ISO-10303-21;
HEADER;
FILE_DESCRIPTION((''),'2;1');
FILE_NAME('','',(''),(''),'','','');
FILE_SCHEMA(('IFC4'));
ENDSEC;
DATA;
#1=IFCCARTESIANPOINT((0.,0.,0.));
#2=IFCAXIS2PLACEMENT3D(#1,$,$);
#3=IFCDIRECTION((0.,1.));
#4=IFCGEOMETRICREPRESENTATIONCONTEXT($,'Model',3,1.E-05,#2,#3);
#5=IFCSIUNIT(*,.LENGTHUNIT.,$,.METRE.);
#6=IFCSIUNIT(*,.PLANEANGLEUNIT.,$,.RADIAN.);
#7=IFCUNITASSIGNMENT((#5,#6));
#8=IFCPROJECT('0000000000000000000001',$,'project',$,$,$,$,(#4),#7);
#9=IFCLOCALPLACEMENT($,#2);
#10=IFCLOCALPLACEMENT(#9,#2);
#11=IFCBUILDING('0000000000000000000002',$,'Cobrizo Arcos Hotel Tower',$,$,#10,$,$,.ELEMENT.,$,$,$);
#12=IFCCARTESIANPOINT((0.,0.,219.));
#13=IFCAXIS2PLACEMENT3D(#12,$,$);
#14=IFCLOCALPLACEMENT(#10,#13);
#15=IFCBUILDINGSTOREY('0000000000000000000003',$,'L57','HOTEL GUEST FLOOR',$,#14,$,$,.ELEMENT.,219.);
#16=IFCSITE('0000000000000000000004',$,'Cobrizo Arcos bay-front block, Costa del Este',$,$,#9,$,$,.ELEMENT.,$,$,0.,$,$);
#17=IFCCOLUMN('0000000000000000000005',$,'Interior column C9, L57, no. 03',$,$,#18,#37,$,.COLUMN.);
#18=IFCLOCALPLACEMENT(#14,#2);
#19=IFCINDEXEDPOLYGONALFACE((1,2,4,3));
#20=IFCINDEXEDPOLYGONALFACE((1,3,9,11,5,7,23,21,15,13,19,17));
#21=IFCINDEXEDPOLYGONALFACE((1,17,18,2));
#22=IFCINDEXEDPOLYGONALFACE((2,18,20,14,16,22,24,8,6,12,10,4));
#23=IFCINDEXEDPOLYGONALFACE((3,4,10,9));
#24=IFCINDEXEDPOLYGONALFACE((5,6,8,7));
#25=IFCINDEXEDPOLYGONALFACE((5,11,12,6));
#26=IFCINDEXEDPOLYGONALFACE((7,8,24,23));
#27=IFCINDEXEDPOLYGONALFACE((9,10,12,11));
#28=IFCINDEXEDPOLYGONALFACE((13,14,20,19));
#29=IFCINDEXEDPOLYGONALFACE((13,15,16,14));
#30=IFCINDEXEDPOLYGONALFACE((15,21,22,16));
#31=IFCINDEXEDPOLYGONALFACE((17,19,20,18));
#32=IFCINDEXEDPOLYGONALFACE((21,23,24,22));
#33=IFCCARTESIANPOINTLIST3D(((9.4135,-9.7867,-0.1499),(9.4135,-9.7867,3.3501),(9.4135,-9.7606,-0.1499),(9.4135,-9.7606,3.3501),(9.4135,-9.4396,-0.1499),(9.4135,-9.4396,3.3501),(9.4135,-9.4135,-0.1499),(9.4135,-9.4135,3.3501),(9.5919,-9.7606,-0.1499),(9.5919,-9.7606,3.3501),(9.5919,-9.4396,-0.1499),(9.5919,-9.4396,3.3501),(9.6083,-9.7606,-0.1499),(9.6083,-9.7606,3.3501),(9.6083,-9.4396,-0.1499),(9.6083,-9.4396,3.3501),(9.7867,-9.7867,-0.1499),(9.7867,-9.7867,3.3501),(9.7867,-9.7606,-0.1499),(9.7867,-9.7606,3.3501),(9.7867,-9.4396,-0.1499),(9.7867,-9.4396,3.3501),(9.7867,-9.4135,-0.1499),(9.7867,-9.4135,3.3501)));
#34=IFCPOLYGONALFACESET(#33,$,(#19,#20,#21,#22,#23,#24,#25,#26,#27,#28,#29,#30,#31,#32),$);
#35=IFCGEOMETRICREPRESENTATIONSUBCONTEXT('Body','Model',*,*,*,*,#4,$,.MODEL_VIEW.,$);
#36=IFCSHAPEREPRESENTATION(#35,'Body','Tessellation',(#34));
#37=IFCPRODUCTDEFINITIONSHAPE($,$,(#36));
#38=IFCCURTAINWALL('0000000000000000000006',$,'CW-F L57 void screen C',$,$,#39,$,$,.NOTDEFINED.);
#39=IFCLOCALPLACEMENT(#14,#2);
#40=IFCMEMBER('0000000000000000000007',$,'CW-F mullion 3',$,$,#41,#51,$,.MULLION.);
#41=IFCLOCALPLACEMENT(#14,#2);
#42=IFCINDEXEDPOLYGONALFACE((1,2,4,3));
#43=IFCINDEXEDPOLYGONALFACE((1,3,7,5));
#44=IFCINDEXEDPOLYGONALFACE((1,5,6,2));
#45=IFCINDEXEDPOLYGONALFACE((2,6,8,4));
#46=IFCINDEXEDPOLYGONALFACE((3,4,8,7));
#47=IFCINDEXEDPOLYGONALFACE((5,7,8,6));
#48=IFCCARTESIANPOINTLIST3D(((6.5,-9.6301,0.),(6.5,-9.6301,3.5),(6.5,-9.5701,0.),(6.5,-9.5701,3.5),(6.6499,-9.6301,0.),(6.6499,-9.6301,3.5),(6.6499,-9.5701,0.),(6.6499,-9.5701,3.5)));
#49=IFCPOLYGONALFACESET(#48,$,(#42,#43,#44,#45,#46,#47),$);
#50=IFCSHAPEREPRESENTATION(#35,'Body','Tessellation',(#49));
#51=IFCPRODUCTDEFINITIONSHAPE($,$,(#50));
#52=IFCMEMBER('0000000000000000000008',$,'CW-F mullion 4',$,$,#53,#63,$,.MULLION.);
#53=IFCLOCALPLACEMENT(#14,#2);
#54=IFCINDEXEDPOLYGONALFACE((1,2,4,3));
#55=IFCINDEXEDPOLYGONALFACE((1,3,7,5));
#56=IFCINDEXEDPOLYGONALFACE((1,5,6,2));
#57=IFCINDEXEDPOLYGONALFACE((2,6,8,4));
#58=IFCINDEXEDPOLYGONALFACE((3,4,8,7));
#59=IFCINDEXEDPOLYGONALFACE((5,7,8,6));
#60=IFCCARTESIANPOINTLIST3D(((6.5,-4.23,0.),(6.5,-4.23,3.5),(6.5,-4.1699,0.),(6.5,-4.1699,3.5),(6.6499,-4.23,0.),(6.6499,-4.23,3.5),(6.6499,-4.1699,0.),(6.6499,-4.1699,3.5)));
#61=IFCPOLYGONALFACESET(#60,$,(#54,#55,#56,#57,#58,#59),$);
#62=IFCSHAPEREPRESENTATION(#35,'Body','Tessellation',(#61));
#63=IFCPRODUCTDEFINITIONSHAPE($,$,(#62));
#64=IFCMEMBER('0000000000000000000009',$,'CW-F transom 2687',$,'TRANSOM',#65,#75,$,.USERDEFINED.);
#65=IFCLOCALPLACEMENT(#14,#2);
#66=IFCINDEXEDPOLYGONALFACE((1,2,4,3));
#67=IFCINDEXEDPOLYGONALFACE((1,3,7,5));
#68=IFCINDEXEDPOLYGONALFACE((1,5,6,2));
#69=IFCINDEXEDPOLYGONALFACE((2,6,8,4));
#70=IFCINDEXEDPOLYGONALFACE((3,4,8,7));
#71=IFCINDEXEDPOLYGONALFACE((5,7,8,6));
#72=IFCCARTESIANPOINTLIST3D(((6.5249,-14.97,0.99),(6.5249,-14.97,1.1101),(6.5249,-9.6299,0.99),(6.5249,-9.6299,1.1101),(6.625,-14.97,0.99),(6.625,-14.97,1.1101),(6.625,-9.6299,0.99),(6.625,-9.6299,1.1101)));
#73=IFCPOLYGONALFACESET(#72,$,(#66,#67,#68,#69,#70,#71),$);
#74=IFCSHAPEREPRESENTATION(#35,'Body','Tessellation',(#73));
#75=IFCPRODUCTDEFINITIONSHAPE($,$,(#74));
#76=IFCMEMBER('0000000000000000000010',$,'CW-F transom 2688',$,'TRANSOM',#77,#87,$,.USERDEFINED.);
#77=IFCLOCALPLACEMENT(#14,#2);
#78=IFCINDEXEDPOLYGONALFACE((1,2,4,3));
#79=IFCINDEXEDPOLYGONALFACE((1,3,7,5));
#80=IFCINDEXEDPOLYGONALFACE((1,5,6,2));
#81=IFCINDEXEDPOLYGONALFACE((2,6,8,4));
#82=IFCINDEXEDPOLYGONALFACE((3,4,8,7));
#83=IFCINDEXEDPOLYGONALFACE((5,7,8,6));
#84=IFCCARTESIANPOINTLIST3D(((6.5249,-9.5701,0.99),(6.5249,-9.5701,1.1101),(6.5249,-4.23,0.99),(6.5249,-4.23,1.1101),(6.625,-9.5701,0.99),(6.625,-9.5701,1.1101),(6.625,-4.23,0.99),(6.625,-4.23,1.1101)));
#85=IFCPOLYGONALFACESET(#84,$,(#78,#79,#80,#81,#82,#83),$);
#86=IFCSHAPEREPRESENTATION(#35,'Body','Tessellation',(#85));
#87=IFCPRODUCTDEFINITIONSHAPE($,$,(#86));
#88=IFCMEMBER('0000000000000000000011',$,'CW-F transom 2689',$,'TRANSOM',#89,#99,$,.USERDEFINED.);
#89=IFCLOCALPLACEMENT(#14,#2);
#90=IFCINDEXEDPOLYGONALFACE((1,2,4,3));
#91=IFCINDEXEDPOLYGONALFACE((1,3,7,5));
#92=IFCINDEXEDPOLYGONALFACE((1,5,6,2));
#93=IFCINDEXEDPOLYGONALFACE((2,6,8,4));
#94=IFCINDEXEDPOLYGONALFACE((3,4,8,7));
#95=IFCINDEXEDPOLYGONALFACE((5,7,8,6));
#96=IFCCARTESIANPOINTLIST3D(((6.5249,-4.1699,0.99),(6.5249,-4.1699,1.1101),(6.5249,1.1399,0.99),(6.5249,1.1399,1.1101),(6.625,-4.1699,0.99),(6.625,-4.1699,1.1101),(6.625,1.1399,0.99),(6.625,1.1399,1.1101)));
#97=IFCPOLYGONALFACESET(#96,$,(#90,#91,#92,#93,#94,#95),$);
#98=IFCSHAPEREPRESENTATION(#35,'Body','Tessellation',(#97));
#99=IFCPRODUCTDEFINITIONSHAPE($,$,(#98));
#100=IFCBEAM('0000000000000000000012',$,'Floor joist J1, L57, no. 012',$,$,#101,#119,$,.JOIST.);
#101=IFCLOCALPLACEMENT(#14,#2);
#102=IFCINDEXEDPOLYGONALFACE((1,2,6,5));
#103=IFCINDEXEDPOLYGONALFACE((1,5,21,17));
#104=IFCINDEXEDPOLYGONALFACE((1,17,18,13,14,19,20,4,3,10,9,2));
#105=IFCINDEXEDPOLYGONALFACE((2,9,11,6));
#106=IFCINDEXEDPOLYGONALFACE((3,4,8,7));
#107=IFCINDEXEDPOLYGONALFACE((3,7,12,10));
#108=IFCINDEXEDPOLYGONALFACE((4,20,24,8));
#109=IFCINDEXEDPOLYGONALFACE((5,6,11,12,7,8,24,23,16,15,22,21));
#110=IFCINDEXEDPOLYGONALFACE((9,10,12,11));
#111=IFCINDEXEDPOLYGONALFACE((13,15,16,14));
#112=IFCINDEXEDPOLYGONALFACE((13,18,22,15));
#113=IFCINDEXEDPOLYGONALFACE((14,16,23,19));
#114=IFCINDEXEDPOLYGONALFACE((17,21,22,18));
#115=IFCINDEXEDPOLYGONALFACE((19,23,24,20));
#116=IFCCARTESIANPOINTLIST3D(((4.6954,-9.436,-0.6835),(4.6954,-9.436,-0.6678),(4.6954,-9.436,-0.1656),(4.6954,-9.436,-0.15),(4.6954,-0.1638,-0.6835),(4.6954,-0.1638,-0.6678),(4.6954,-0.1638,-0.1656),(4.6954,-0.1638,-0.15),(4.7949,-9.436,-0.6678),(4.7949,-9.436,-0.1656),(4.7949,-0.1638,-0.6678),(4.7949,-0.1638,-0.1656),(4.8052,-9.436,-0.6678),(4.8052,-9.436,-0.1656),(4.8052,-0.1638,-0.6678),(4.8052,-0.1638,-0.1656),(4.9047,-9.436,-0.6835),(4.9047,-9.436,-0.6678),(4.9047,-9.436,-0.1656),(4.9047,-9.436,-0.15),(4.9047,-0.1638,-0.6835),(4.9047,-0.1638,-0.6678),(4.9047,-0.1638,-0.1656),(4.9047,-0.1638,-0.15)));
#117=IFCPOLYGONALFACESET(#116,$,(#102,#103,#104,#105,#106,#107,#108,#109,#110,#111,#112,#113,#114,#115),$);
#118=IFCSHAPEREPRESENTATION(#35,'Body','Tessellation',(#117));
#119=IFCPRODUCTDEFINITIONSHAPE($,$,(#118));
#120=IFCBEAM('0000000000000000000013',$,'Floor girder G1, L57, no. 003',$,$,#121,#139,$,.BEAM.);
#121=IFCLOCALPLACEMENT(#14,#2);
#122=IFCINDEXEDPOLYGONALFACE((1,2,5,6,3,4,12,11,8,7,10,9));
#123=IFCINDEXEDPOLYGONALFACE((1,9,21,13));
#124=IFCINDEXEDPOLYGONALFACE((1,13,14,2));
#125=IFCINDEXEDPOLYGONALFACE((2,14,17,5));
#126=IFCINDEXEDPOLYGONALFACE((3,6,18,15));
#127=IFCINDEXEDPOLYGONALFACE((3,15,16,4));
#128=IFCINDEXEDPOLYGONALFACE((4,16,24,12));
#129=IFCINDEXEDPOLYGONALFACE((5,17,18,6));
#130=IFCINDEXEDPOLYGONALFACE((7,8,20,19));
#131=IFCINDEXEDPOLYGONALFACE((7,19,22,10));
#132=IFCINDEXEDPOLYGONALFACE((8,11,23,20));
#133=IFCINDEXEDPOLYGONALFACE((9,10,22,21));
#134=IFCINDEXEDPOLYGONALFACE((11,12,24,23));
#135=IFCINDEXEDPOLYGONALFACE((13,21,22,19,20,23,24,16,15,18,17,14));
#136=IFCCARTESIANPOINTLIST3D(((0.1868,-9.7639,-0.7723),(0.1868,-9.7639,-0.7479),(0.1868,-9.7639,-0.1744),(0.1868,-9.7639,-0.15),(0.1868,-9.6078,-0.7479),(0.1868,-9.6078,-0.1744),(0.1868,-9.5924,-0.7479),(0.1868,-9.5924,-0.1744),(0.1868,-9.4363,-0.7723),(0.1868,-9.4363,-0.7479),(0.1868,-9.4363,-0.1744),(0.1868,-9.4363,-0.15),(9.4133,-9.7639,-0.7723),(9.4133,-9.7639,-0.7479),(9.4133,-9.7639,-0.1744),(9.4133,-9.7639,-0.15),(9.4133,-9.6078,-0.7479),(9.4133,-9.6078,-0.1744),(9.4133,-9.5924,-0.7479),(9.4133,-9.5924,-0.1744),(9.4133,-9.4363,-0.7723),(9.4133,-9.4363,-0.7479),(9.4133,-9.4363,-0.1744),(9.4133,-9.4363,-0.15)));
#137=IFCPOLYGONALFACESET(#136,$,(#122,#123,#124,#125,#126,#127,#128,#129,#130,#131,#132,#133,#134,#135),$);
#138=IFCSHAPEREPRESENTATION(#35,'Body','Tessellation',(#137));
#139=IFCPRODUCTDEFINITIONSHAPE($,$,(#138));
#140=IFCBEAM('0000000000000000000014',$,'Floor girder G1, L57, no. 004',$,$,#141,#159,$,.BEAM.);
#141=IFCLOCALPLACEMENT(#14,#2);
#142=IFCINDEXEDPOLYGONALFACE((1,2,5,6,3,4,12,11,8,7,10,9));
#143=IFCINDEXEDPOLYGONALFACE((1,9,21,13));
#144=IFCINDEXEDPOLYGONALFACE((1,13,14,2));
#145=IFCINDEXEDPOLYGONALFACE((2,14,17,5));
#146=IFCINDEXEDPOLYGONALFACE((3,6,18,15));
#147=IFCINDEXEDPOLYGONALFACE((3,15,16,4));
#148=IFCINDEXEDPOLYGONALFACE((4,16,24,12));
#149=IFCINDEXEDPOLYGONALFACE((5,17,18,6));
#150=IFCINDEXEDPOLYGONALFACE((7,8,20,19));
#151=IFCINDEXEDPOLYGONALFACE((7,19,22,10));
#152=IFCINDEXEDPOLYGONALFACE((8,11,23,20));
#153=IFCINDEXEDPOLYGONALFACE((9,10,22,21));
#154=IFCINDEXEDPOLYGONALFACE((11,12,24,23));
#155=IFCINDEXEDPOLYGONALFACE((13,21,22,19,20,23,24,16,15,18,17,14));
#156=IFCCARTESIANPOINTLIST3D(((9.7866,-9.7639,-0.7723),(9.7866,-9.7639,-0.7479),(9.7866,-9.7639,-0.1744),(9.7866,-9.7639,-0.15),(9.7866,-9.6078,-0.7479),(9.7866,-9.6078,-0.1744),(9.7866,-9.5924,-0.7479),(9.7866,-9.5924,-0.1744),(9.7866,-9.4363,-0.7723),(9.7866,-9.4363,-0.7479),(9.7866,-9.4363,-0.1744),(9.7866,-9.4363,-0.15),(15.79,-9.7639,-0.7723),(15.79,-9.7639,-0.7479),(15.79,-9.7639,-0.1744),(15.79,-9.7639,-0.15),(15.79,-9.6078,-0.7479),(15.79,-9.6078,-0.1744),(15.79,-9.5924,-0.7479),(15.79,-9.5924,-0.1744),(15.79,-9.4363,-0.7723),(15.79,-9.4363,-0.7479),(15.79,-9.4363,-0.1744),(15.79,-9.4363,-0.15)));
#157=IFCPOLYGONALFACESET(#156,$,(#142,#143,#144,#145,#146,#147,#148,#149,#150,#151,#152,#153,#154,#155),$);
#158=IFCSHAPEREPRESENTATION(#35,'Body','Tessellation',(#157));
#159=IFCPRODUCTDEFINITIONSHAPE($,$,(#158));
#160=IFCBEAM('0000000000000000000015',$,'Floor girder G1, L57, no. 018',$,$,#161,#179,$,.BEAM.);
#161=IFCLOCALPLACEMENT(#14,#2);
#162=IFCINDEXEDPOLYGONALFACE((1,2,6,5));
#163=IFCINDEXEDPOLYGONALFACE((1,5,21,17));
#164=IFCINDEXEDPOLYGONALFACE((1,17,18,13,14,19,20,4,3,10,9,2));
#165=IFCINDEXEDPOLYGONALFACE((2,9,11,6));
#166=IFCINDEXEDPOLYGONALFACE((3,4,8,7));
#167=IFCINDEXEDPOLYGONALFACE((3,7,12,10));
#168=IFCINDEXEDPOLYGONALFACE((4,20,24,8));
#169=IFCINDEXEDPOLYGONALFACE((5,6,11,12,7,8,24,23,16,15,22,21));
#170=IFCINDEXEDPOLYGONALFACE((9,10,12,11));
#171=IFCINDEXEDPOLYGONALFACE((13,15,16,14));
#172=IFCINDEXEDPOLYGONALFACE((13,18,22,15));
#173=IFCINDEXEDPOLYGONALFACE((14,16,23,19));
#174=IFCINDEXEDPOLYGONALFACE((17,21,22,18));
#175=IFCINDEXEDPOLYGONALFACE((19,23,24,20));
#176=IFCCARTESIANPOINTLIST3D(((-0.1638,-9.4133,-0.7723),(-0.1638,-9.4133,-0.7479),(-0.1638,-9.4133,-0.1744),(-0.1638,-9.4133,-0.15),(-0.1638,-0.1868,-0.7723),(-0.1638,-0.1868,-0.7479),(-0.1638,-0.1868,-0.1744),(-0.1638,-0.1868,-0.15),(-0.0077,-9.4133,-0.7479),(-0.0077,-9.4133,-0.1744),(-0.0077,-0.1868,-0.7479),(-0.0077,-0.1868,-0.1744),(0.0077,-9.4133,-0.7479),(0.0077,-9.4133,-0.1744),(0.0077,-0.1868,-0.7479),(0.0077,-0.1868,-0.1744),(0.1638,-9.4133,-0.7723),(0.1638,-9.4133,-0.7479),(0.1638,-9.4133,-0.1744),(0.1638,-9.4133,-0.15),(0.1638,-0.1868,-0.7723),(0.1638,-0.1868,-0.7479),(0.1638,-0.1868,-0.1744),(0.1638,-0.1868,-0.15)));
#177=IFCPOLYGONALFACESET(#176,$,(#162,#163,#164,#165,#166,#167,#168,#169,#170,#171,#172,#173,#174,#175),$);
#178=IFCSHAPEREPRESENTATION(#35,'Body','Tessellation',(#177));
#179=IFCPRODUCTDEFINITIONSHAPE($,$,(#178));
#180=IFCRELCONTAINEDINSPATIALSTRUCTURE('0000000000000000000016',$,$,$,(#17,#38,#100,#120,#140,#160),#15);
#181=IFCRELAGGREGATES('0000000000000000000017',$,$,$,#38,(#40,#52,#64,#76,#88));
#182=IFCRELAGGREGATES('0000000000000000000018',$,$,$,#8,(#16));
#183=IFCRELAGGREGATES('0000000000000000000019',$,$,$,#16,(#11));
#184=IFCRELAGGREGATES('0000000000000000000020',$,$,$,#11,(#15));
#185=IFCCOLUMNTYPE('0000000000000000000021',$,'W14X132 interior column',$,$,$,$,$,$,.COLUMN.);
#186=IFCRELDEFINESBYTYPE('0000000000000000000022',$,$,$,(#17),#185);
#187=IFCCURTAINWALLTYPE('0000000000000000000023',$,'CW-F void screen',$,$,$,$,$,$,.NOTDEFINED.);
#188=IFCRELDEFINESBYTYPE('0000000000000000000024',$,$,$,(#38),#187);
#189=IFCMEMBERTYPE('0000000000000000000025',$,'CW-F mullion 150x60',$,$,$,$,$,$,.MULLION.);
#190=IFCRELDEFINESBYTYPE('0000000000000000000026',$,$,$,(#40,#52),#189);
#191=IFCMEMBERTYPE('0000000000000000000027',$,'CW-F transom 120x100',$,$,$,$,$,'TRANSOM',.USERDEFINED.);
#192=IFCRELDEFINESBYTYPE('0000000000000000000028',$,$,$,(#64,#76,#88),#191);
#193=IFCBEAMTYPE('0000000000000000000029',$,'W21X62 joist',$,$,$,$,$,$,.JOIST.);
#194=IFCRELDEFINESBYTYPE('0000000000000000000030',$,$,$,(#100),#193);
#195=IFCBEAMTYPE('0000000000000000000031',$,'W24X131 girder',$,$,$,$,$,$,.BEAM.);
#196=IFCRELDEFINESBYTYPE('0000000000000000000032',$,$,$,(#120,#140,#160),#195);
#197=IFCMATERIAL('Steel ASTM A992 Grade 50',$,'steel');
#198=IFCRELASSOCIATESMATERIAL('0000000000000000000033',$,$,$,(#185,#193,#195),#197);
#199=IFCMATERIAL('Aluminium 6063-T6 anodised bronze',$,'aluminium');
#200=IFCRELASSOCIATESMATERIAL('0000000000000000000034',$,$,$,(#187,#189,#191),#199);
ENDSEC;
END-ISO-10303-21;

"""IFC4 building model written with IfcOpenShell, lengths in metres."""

from ifc_helpers import new_model, si_unit, direction, frame, origin, origin_2d, place, context, subcontext, project, spatial, rectangle, i_section, extrude, material, material_profile, profile_set, type_object, element, aggregate, save


model = new_model("IFC4")

# Units and contexts
model_context = context("Model", 3, precision=1e-05, world=origin(), true_north=direction((0.0, 1.0)))
body_context = subcontext(model_context, "Body", "Model", "MODEL_VIEW")
ifc_project = project(units=[si_unit("LENGTHUNIT", "METRE"), si_unit("PLANEANGLEUNIT", "RADIAN")], contexts=[model_context])

# Site, building, storey
site_placement = place(None, origin())
site = spatial("IfcSite", under=ifc_project, at=site_placement, Name="Cobrizo Arcos bay-front block, Costa del Este", CompositionType="ELEMENT", RefElevation=0.0)
building_placement = place(site_placement, origin())
building = spatial("IfcBuilding", under=site, at=building_placement, Name="Cobrizo Arcos Hotel Tower", CompositionType="ELEMENT")
storey_placement = place(building_placement, frame((0.0, 0.0, 219.0)))
storey = spatial("IfcBuildingStorey", under=building, at=storey_placement, Name="L57", Description="HOTEL GUEST FLOOR", CompositionType="ELEMENT", Elevation=219.0)

# Column
ifc_material_1 = material(Name="Steel ASTM A992 Grade 50", Category="steel")
ifc_material_profile_1 = material_profile(ifc_material_1, i_section(OverallWidth=0.3733, OverallDepth=0.3733, WebThickness=0.0164, FlangeThickness=0.0261, at=origin_2d()), Name="W14X132")
ifc_profile_set_1 = profile_set([ifc_material_profile_1], Name="Steel ASTM A992 Grade 50")
column_type = type_object("IfcColumnType", Name="W14X132 interior column", PredefinedType="COLUMN", material=ifc_profile_set_1)
column_placement = place(storey_placement, frame((9.6001, -9.6001, -0.1499), z_axis=(0.0, 0.0, 1.0), x_axis=(1.0, 0.0, 0.0)))
element("IfcColumn", 1, at=column_placement, inside=storey, type_object=column_type, Name="Interior column C9, L57, no. 03", PredefinedType="COLUMN", context=body_context, shape_type="SweptSolid", body=[
    extrude(i_section(OverallWidth=0.3733, OverallDepth=0.3733, WebThickness=0.0164, FlangeThickness=0.0261, at=origin_2d()), origin(), (0.0, 0.0, 1.0), 3.5),
])

# Curtain wall, members
ifc_material_2 = material(Name="Aluminium 6063-T6 anodised bronze", Category="aluminium")
curtain_wall_type = type_object("IfcCurtainWallType", Name="CW-F void screen", PredefinedType="NOTDEFINED", material=ifc_material_2)
curtain_wall_placement = place(storey_placement, origin())
curtain_wall = element("IfcCurtainWall", 2, at=curtain_wall_placement, inside=storey, type_object=curtain_wall_type, Name="CW-F L57 void screen C", PredefinedType="NOTDEFINED")
ifc_material_profile_2 = material_profile(ifc_material_2, rectangle(XDim=0.1499, YDim=0.0601, at=origin_2d()), Name="CW-F mullion 150x60")
ifc_profile_set_2 = profile_set([ifc_material_profile_2], Name="Aluminium 6063-T6 anodised bronze")
member_type_1 = type_object("IfcMemberType", Name="CW-F mullion 150x60", PredefinedType="MULLION", material=ifc_profile_set_2)
member_1_placement = place(storey_placement, frame((6.575, -9.6001, 0.0), z_axis=(0.0, 0.0, 1.0), x_axis=(1.0, 0.0, 0.0)))
member_1 = element("IfcMember", 3, at=member_1_placement, type_object=member_type_1, Name="CW-F mullion 3", PredefinedType="MULLION", context=body_context, shape_type="SweptSolid", body=[
    extrude(rectangle(XDim=0.1499, YDim=0.0601, at=origin_2d()), origin(), (0.0, 0.0, 1.0), 3.5),
])
member_2_placement = place(storey_placement, frame((6.575, -4.2, 0.0), z_axis=(0.0, 0.0, 1.0), x_axis=(1.0, 0.0, 0.0)))
member_2 = element("IfcMember", 4, at=member_2_placement, type_object=member_type_1, Name="CW-F mullion 4", PredefinedType="MULLION", context=body_context, shape_type="SweptSolid", body=[
    extrude(rectangle(XDim=0.1499, YDim=0.0601, at=origin_2d()), origin(), (0.0, 0.0, 1.0), 3.5),
])
ifc_material_profile_3 = material_profile(ifc_material_2, rectangle(XDim=0.1001, YDim=0.1201, at=origin_2d()), Name="CW-F transom 120x100")
ifc_profile_set_3 = profile_set([ifc_material_profile_3], Name="Aluminium 6063-T6 anodised bronze")
member_type_2 = type_object("IfcMemberType", Name="CW-F transom 120x100", ElementType="TRANSOM", PredefinedType="USERDEFINED", material=ifc_profile_set_3)
member_3_placement = place(storey_placement, frame((6.575, -14.97, 1.05), z_axis=(0.0, 1.0, 0.0), x_axis=(-1.0, 0.0, 0.0)))
member_3 = element("IfcMember", 5, at=member_3_placement, type_object=member_type_2, Name="CW-F transom 2687", ObjectType="TRANSOM", PredefinedType="USERDEFINED", context=body_context, shape_type="SweptSolid", body=[
    extrude(rectangle(XDim=0.1001, YDim=0.1201, at=origin_2d()), origin(), (0.0, 0.0, 1.0), 5.3401),
])
member_4_placement = place(storey_placement, frame((6.575, -9.5701, 1.05), z_axis=(0.0, 1.0, 0.0), x_axis=(-1.0, 0.0, 0.0)))
member_4 = element("IfcMember", 6, at=member_4_placement, type_object=member_type_2, Name="CW-F transom 2688", ObjectType="TRANSOM", PredefinedType="USERDEFINED", context=body_context, shape_type="SweptSolid", body=[
    extrude(rectangle(XDim=0.1001, YDim=0.1201, at=origin_2d()), origin(), (0.0, 0.0, 1.0), 5.3401),
])
member_5_placement = place(storey_placement, frame((6.575, -4.1699, 1.05), z_axis=(0.0, 1.0, 0.0), x_axis=(-1.0, 0.0, 0.0)))
member_5 = element("IfcMember", 7, at=member_5_placement, type_object=member_type_2, Name="CW-F transom 2689", ObjectType="TRANSOM", PredefinedType="USERDEFINED", context=body_context, shape_type="SweptSolid", body=[
    extrude(rectangle(XDim=0.1001, YDim=0.1201, at=origin_2d()), origin(), (0.0, 0.0, 1.0), 5.3098),
])

# Beams
ifc_material_profile_4 = material_profile(ifc_material_1, i_section(OverallWidth=0.2092, OverallDepth=0.5334, WebThickness=0.0103, FlangeThickness=0.0156, at=origin_2d()), Name="W21X62")
ifc_profile_set_4 = profile_set([ifc_material_profile_4], Name="Steel ASTM A992 Grade 50")
beam_type_1 = type_object("IfcBeamType", Name="W21X62 joist", PredefinedType="JOIST", material=ifc_profile_set_4)
beam_1_placement = place(storey_placement, frame((4.8, -9.436, -0.4167), z_axis=(0.0, 1.0, 0.0), x_axis=(-1.0, 0.0, 0.0)))
element("IfcBeam", 8, at=beam_1_placement, inside=storey, type_object=beam_type_1, Name="Floor joist J1, L57, no. 012", PredefinedType="JOIST", context=body_context, shape_type="SweptSolid", body=[
    extrude(i_section(OverallWidth=0.2092, OverallDepth=0.5334, WebThickness=0.0103, FlangeThickness=0.0156, at=origin_2d()), origin(), (0.0, 0.0, 1.0), 9.2722),
])
ifc_material_profile_5 = material_profile(ifc_material_1, i_section(OverallWidth=0.3276, OverallDepth=0.6223, WebThickness=0.0154, FlangeThickness=0.0244, at=origin_2d()), Name="W24X131")
ifc_profile_set_5 = profile_set([ifc_material_profile_5], Name="Steel ASTM A992 Grade 50")
beam_type_2 = type_object("IfcBeamType", Name="W24X131 girder", PredefinedType="BEAM", material=ifc_profile_set_5)
beam_2_placement = place(storey_placement, frame((0.1868, -9.6001, -0.4612), z_axis=(1.0, 0.0, 0.0), x_axis=(0.0, 1.0, 0.0)))
element("IfcBeam", 9, at=beam_2_placement, inside=storey, type_object=beam_type_2, Name="Floor girder G1, L57, no. 003", PredefinedType="BEAM", context=body_context, shape_type="SweptSolid", body=[
    extrude(i_section(OverallWidth=0.3276, OverallDepth=0.6223, WebThickness=0.0154, FlangeThickness=0.0244, at=origin_2d()), origin(), (0.0, 0.0, 1.0), 9.2266),
])
beam_3_placement = place(storey_placement, frame((9.7866, -9.6001, -0.4612), z_axis=(1.0, 0.0, 0.0), x_axis=(0.0, 1.0, 0.0)))
element("IfcBeam", 10, at=beam_3_placement, inside=storey, type_object=beam_type_2, Name="Floor girder G1, L57, no. 004", PredefinedType="BEAM", context=body_context, shape_type="SweptSolid", body=[
    extrude(i_section(OverallWidth=0.3276, OverallDepth=0.6223, WebThickness=0.0154, FlangeThickness=0.0244, at=origin_2d()), origin(), (0.0, 0.0, 1.0), 6.0034),
])
for number, where, z_axis, x_axis, name in (
    (11, (0.0, -9.4133, -0.4612), (0.0, 1.0, 0.0), (-1.0, 0.0, 0.0), "Floor girder G1, L57, no. 018"),
):
    element("IfcBeam", number, at=place(storey_placement, frame(where, z_axis=z_axis, x_axis=x_axis)), inside=storey, type_object=beam_type_2, Name=name, PredefinedType="BEAM", context=body_context, shape_type="SweptSolid", body=[
        extrude(i_section(OverallWidth=0.3276, OverallDepth=0.6223, WebThickness=0.0154, FlangeThickness=0.0244, at=origin_2d()), origin(), (0.0, 0.0, 1.0), 9.2266),
    ])

aggregate(curtain_wall, [member_1, member_2, member_3, member_4, member_5])

save(model, "model.ifc")
